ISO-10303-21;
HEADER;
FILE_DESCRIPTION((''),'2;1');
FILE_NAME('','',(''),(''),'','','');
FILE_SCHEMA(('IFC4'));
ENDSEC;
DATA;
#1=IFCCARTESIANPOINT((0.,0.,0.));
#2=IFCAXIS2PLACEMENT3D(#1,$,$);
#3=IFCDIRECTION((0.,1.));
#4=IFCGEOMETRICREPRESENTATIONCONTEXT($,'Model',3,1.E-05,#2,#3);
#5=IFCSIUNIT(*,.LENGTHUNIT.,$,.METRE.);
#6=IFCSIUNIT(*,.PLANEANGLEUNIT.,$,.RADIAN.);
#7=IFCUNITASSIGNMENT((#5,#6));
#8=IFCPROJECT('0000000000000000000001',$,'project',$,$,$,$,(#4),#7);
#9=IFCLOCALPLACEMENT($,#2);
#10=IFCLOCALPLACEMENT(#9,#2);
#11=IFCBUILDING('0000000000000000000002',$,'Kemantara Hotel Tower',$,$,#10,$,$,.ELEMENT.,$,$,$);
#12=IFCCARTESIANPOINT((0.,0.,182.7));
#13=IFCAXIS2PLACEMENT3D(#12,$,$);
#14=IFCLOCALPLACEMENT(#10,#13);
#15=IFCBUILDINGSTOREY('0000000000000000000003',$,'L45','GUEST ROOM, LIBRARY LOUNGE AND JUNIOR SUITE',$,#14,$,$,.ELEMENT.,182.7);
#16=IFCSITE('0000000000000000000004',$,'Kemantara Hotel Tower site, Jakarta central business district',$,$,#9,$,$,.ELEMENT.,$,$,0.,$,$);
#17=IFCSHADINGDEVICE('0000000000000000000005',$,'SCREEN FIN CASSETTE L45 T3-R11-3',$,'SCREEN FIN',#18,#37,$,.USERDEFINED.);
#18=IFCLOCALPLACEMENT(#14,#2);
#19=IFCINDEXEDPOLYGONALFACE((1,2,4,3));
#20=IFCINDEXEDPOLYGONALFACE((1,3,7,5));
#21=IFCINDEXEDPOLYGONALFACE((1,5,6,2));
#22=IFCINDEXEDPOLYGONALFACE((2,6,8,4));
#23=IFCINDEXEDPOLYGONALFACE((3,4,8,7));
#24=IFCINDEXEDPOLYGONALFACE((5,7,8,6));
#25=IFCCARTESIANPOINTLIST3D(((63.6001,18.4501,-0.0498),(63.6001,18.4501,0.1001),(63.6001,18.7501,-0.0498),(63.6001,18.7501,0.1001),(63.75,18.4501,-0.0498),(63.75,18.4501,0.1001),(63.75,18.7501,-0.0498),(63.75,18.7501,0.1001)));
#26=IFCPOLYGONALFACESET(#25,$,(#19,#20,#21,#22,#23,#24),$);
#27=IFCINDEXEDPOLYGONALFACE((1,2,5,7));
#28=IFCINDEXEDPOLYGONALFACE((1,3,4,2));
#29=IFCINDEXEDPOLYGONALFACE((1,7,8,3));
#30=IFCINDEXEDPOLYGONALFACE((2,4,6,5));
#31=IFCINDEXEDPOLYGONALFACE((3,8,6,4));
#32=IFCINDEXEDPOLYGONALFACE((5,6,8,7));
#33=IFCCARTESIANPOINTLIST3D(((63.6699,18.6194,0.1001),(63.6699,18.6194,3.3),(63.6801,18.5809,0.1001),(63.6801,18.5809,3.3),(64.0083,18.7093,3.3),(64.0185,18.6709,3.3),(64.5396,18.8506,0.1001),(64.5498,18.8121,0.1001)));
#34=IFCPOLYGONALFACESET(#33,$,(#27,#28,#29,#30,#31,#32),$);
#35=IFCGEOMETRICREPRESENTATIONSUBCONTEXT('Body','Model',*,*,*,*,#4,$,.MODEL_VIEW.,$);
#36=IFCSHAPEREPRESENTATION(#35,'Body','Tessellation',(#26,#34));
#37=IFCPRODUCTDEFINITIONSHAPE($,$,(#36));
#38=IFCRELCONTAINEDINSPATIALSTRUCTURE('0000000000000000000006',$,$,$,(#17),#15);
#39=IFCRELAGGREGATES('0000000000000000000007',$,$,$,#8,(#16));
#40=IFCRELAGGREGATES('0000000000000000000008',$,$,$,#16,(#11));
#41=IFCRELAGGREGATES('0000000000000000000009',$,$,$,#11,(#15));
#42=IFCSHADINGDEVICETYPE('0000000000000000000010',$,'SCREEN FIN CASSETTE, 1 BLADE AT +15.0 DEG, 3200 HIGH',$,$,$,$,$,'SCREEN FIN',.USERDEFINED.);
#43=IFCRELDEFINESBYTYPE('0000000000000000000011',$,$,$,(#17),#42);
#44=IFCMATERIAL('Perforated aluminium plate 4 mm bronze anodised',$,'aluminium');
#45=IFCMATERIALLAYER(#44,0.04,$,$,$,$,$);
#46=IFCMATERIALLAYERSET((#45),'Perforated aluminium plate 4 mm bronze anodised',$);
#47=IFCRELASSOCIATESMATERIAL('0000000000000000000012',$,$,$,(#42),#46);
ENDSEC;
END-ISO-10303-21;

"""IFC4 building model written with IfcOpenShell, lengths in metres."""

from ifc_helpers import new_model, si_unit, direction, frame, origin, origin_2d, place, context, subcontext, project, spatial, polyline, rectangle, outline, extrude, source, transform, mapped, material, layer, layer_set, type_object, element, save


model = new_model("IFC4")

# Units and contexts
model_context = context("Model", 3, precision=1e-05, world=origin(), true_north=direction((0.0, 1.0)))
body_context = subcontext(model_context, "Body", "Model", "MODEL_VIEW")
ifc_project = project(units=[si_unit("LENGTHUNIT", "METRE"), si_unit("PLANEANGLEUNIT", "RADIAN")], contexts=[model_context])

# Site, building, storey
site_placement = place(None, origin())
site = spatial("IfcSite", under=ifc_project, at=site_placement, Name="Kemantara Hotel Tower site, Jakarta central business district", CompositionType="ELEMENT", RefElevation=0.0)
building_placement = place(site_placement, origin())
building = spatial("IfcBuilding", under=site, at=building_placement, Name="Kemantara Hotel Tower", CompositionType="ELEMENT")
storey_placement = place(building_placement, frame((0.0, 0.0, 182.7)))
storey = spatial("IfcBuildingStorey", under=building, at=storey_placement, Name="L45", Description="GUEST ROOM, LIBRARY LOUNGE AND JUNIOR SUITE", CompositionType="ELEMENT", Elevation=182.7)

# Shading device
ifc_material_1 = material(Name="Perforated aluminium plate 4 mm bronze anodised", Category="aluminium")
ifc_layer_1 = layer(ifc_material_1, 0.04)
ifc_layer_set_1 = layer_set([ifc_layer_1], Name="Perforated aluminium plate 4 mm bronze anodised")
shading_device_type = type_object("IfcShadingDeviceType", Name="SCREEN FIN CASSETTE, 1 BLADE AT +15.0 DEG, 3200 HIGH", ElementType="SCREEN FIN", PredefinedType="USERDEFINED", material=ifc_layer_set_1)
shared_shape_1 = source(origin(), body_context, "Body", "SweptSolid", [
    extrude(rectangle(XDim=0.3, YDim=0.1499, at=origin_2d()), frame((0.0, -0.075, -0.1499), z_axis=(0.0, 0.0, 1.0), x_axis=(1.0, 0.0, 0.0)), (0.0, 0.0, 1.0), 0.1499),
    extrude(outline(polyline([(0.0, 0.0), (0.8999, 0.0), (0.3501, 3.2), (0.0, 3.2), (0.0, 0.0)])), frame((0.0193, -0.0698, 0.0), z_axis=(-0.966438, -0.256901, 0.0), x_axis=(0.256901, -0.966438, 0.0)), (0.0, 0.0, 1.0), 0.0398),
])
shading_device_placement = place(storey_placement, frame((63.6001, 18.6001, 0.1001), z_axis=(0.0, 0.0, 1.0), x_axis=(0.0, 1.0, 0.0)))
element("IfcShadingDevice", 1, at=shading_device_placement, inside=storey, type_object=shading_device_type, Name="SCREEN FIN CASSETTE L45 T3-R11-3", ObjectType="SCREEN FIN", PredefinedType="USERDEFINED", context=body_context, shape_type="MappedRepresentation", body=[
    mapped(shared_shape_1, transform((0.0, 0.0, 0.0))),
])

save(model, "model.ifc")
